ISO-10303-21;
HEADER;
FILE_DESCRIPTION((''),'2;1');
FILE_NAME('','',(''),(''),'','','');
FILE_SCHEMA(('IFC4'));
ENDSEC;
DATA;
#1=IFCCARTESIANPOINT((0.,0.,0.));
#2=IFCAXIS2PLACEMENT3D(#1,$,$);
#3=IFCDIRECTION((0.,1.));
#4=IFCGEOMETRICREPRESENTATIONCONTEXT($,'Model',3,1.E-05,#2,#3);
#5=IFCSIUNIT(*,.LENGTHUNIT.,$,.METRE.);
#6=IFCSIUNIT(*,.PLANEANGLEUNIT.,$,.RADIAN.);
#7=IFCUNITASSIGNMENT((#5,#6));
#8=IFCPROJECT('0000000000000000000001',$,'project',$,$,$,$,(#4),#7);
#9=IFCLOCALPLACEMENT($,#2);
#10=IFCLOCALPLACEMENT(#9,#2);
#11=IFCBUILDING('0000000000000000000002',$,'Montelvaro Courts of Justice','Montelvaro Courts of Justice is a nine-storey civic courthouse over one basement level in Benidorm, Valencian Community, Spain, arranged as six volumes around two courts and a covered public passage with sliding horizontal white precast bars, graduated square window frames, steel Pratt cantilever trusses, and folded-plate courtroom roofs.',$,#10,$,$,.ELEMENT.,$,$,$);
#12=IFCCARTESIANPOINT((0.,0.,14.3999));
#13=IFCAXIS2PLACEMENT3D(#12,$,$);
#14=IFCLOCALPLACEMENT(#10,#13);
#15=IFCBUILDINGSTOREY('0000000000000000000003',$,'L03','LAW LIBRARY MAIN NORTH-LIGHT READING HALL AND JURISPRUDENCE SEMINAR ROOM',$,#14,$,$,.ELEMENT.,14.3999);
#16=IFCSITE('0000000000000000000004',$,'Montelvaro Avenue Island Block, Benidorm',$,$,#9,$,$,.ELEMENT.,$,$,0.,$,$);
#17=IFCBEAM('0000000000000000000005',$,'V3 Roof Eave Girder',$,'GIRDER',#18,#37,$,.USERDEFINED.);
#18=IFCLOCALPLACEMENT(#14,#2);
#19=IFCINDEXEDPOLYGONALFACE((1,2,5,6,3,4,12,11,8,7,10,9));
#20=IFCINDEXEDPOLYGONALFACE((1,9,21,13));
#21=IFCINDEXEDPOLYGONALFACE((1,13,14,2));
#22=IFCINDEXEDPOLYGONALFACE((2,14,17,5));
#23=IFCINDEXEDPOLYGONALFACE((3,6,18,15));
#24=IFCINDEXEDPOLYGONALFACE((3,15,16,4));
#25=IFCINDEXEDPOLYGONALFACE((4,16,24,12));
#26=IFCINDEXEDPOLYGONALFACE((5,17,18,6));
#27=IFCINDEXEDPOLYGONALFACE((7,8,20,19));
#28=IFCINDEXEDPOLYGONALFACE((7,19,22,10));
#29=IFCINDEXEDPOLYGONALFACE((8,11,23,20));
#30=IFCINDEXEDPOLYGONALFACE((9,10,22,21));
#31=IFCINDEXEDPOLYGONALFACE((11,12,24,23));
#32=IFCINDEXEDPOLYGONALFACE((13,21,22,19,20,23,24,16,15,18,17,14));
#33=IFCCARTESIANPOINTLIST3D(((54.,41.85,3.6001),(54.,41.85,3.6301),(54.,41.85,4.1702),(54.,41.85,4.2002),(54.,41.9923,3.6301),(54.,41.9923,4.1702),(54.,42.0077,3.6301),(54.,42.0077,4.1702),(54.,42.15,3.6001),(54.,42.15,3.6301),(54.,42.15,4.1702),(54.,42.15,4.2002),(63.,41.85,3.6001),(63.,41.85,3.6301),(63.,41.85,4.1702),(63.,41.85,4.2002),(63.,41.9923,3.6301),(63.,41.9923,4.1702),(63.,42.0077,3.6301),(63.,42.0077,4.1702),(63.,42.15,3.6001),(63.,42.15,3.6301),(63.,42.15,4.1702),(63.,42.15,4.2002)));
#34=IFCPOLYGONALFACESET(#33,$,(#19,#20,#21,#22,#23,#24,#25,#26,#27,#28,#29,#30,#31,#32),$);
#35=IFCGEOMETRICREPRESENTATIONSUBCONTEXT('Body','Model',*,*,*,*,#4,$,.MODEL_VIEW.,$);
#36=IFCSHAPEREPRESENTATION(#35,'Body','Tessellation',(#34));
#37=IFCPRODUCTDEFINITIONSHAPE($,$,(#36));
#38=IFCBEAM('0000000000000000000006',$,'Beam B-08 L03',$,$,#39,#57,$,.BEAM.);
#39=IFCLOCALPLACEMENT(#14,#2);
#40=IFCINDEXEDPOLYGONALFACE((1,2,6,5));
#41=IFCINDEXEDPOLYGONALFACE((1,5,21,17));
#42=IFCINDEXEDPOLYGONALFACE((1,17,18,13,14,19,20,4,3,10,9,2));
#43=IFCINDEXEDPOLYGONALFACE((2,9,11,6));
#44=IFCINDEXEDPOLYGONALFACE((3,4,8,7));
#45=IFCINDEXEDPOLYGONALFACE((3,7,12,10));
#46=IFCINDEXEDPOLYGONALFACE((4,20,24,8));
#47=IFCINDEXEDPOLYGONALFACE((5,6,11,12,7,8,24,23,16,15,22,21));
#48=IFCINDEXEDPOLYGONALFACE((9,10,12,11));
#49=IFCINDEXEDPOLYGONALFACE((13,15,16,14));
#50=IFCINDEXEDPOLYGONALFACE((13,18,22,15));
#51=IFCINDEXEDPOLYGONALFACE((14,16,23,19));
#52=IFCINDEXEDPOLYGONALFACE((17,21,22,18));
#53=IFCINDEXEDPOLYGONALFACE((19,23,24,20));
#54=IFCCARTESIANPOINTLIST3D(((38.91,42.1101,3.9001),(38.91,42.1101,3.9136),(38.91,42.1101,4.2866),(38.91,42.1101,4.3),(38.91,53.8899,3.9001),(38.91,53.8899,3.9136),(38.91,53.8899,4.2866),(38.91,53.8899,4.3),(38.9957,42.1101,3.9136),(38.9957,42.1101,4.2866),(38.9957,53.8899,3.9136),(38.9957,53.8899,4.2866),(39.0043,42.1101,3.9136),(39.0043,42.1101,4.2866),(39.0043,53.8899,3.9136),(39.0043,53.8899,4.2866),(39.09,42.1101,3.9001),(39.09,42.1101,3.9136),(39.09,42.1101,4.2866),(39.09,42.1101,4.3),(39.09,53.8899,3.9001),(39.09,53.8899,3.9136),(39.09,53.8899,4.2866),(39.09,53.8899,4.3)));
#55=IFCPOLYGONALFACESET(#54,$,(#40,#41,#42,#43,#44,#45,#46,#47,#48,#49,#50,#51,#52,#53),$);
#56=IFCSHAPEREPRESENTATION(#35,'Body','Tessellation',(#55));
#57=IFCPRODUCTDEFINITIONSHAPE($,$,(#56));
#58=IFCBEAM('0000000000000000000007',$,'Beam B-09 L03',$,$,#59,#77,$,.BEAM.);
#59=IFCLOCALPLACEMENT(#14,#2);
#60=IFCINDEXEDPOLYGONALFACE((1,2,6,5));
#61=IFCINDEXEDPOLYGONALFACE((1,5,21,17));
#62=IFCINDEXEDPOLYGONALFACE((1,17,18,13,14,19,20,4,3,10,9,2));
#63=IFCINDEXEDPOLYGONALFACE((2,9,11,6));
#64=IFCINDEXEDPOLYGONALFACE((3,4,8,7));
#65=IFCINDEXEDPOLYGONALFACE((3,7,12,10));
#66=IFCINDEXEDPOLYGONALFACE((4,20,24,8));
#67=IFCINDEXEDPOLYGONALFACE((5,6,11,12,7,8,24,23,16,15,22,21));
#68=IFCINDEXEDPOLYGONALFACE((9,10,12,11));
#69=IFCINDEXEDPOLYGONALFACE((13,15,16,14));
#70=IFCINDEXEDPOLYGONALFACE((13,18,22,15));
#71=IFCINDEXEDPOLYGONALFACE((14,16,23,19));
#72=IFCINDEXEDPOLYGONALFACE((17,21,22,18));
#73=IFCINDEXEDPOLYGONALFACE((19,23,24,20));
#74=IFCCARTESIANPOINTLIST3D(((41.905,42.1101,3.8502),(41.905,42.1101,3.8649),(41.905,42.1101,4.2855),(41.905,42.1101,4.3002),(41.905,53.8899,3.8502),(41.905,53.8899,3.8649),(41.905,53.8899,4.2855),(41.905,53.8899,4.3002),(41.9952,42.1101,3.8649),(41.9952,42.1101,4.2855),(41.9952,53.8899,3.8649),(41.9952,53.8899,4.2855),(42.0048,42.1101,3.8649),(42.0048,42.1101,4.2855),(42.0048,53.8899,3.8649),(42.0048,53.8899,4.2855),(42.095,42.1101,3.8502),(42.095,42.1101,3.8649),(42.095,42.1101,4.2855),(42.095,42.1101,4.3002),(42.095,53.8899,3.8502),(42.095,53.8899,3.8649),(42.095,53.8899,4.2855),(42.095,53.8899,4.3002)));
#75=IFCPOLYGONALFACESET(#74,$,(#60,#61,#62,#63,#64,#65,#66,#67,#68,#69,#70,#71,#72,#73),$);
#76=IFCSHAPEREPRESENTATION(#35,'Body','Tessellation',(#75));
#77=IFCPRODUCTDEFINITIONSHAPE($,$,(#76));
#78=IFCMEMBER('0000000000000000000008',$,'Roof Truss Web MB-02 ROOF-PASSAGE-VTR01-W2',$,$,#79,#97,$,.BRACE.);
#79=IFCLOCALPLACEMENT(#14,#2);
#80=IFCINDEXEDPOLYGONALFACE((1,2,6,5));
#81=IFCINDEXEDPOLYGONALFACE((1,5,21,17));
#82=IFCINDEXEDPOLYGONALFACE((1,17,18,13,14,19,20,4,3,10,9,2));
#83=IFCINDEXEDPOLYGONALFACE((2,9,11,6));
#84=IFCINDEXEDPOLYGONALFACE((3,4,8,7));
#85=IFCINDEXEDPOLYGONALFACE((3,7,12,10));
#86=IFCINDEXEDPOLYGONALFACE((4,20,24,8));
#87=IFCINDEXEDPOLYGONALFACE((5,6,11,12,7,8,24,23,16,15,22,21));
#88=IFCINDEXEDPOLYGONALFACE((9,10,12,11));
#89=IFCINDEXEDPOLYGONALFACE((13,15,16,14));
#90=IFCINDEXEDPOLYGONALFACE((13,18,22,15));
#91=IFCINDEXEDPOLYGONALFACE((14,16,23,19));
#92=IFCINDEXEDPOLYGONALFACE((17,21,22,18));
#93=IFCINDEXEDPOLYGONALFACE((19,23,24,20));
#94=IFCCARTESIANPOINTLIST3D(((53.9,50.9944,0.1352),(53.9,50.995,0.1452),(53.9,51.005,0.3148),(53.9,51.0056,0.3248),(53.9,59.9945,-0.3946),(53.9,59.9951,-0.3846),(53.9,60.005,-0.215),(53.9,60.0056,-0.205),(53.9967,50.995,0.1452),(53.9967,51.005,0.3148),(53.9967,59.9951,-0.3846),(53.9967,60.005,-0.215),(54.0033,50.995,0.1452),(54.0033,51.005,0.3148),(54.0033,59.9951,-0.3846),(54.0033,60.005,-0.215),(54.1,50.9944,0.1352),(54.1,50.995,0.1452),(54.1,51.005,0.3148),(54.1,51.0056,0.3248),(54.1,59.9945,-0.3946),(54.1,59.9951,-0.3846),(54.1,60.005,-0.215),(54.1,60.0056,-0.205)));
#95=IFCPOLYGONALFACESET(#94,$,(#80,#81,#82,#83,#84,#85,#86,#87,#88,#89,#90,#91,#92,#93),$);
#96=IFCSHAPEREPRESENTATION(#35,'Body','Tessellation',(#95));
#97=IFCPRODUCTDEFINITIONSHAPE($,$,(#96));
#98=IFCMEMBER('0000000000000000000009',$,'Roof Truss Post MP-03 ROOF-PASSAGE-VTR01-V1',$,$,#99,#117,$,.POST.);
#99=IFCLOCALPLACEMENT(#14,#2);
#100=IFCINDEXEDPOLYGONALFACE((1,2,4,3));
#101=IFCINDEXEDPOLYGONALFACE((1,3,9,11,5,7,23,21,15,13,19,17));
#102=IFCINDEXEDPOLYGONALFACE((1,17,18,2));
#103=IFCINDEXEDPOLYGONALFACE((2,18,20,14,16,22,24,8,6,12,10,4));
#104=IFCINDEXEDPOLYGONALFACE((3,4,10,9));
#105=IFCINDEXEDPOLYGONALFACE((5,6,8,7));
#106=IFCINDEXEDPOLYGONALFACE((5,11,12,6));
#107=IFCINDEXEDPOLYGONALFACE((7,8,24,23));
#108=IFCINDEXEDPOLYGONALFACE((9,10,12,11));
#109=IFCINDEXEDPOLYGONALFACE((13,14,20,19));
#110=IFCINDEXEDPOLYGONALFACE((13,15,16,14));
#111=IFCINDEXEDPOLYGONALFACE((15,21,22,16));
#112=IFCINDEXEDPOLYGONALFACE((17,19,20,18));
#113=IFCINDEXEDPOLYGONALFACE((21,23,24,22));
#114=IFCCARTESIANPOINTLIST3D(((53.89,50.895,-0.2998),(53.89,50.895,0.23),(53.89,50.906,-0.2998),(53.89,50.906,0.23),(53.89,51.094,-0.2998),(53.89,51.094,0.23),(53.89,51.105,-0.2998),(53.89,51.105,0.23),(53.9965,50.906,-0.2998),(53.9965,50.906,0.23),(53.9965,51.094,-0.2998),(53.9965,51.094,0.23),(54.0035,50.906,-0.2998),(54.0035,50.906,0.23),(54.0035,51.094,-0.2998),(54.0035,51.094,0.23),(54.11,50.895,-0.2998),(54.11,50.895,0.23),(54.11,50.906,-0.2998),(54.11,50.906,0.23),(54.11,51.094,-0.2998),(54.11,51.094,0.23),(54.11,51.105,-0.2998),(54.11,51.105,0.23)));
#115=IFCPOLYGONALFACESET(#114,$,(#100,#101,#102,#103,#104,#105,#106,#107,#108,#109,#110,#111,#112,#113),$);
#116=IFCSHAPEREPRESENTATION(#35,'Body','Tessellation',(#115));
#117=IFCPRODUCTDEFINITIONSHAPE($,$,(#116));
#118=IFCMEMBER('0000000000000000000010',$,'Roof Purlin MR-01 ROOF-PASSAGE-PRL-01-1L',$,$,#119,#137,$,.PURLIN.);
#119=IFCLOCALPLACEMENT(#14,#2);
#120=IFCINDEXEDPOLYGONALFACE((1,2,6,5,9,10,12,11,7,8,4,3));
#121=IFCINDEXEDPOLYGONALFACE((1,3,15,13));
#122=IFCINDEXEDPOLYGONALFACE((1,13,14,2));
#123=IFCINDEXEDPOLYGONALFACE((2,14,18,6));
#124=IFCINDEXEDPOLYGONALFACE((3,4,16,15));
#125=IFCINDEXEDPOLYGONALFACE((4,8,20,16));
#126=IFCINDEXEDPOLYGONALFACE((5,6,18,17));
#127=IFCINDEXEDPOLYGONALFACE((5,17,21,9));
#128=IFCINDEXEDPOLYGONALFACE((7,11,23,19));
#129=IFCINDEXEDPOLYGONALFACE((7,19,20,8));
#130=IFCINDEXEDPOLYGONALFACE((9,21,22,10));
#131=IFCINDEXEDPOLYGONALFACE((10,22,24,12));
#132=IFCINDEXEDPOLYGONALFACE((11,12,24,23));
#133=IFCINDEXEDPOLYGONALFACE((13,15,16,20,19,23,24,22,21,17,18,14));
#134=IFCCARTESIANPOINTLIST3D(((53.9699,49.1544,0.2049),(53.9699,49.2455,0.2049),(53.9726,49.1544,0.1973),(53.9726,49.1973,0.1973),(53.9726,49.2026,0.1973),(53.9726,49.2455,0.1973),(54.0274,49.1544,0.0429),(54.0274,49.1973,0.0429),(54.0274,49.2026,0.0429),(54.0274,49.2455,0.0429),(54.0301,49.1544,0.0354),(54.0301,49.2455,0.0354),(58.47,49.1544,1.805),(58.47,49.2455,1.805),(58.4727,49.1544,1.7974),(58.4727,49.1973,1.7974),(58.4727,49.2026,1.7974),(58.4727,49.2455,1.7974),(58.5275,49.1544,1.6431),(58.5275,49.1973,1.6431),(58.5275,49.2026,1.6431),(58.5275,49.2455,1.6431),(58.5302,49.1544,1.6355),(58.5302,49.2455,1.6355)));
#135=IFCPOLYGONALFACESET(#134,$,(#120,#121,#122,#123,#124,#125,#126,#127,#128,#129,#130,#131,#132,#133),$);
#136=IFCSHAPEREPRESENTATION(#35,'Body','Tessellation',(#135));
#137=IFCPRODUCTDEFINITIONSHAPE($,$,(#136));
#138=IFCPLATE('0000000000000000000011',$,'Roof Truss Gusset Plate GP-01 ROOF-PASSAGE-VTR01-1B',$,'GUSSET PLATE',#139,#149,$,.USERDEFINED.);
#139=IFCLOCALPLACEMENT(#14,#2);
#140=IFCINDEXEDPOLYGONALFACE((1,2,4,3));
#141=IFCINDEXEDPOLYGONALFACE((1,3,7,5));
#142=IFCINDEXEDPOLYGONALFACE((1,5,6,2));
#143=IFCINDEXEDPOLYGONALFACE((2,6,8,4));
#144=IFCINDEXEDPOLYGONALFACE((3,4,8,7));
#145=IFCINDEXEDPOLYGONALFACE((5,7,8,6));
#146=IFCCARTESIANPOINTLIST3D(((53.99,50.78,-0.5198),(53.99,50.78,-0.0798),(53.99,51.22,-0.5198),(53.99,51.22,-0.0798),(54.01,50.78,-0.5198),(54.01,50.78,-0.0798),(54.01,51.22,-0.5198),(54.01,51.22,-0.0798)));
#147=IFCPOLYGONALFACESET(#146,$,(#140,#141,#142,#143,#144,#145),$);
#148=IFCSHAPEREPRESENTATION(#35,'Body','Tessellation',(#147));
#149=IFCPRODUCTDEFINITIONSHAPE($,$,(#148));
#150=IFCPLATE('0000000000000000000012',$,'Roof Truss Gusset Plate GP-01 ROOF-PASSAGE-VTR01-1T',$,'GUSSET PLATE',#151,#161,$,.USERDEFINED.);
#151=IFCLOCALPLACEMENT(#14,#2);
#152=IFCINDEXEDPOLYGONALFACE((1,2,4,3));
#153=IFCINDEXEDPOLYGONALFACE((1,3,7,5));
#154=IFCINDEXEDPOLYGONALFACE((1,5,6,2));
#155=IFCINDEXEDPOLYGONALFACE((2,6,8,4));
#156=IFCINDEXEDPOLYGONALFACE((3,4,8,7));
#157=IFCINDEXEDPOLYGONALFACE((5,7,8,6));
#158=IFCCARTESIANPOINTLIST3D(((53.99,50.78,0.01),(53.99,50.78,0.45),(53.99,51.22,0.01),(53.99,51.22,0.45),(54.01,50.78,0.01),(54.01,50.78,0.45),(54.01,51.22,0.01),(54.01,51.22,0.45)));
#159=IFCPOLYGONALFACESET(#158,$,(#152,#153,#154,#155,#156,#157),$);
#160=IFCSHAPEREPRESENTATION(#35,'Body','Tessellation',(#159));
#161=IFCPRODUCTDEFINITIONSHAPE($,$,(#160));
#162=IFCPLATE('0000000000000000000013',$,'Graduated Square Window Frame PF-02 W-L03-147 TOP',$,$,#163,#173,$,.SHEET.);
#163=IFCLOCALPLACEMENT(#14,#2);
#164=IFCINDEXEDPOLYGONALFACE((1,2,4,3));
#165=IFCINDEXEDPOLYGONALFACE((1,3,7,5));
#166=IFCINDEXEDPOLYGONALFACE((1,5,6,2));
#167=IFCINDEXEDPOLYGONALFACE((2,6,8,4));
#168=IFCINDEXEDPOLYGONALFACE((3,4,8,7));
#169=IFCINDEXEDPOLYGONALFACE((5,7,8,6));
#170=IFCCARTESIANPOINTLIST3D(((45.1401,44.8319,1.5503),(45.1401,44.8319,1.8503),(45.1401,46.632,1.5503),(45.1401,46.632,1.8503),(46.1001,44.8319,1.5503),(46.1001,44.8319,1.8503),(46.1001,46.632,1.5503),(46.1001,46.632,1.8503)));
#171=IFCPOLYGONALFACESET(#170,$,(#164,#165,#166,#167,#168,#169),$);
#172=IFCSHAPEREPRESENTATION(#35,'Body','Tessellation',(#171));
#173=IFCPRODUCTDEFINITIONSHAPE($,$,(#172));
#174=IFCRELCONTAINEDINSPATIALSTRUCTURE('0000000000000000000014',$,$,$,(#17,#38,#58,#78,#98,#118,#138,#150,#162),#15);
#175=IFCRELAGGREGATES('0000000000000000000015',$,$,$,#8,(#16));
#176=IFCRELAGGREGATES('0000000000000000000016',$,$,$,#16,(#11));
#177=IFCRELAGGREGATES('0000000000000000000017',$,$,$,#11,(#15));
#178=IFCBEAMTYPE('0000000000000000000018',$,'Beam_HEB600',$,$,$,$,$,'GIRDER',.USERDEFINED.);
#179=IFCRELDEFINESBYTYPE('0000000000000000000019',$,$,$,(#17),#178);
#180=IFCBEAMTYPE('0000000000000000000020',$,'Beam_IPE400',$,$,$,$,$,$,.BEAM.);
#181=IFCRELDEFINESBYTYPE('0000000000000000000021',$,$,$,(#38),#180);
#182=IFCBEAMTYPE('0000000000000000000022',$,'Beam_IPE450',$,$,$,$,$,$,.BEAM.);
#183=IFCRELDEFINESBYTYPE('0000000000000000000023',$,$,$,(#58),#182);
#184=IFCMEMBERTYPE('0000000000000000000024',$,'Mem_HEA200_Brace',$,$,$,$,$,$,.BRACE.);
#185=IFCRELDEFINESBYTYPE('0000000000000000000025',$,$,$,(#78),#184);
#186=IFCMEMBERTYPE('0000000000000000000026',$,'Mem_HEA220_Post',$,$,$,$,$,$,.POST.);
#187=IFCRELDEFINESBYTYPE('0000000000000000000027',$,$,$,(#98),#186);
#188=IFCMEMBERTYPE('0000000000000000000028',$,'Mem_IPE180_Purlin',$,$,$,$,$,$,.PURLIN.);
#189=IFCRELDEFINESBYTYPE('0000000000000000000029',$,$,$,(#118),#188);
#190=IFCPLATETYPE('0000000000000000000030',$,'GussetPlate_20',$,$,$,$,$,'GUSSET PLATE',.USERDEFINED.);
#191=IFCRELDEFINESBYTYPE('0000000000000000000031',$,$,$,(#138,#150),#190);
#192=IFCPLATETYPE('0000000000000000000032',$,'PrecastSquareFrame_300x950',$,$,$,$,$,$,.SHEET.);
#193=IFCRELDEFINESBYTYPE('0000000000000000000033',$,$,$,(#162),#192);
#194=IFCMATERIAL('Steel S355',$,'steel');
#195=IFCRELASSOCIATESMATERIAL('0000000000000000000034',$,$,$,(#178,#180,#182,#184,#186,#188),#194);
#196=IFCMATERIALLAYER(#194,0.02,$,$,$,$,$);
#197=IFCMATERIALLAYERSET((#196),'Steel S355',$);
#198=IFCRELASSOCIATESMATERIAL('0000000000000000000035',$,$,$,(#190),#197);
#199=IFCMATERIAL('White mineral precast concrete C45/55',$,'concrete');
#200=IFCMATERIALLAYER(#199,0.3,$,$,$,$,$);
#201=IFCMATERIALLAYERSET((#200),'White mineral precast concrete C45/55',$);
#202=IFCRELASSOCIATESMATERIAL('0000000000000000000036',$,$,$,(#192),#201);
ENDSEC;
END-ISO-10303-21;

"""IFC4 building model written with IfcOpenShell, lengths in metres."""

from ifc_helpers import new_model, si_unit, direction, frame, origin, origin_2d, place, context, subcontext, project, spatial, rectangle, i_section, extrude, material, layer, layer_set, material_profile, profile_set, type_object, element, save


model = new_model("IFC4")

# Units and contexts
model_context = context("Model", 3, precision=1e-05, world=origin(), true_north=direction((0.0, 1.0)))
body_context = subcontext(model_context, "Body", "Model", "MODEL_VIEW")
ifc_project = project(units=[si_unit("LENGTHUNIT", "METRE"), si_unit("PLANEANGLEUNIT", "RADIAN")], contexts=[model_context])

# Site, building, storey
site_placement = place(None, origin())
site = spatial("IfcSite", under=ifc_project, at=site_placement, Name="Montelvaro Avenue Island Block, Benidorm", CompositionType="ELEMENT", RefElevation=0.0)
building_placement = place(site_placement, origin())
building = spatial("IfcBuilding", under=site, at=building_placement, Name="Montelvaro Courts of Justice", Description="Montelvaro Courts of Justice is a nine-storey civic courthouse over one basement level in Benidorm, Valencian Community, Spain, arranged as six volumes around two courts and a covered public passage with sliding horizontal white precast bars, graduated square window frames, steel Pratt cantilever trusses, and folded-plate courtroom roofs.", CompositionType="ELEMENT")
storey_placement = place(building_placement, frame((0.0, 0.0, 14.3999)))
storey = spatial("IfcBuildingStorey", under=building, at=storey_placement, Name="L03", Description="LAW LIBRARY MAIN NORTH-LIGHT READING HALL AND JURISPRUDENCE SEMINAR ROOM", CompositionType="ELEMENT", Elevation=14.3999)

# Beams
ifc_material_1 = material(Name="Steel S355", Category="steel")
ifc_material_profile_1 = material_profile(ifc_material_1, i_section(OverallWidth=0.3, OverallDepth=0.6001, WebThickness=0.0154, FlangeThickness=0.03, at=origin_2d()), Name="HEB 600")
ifc_profile_set_1 = profile_set([ifc_material_profile_1], Name="Steel S355")
beam_type_1 = type_object("IfcBeamType", Name="Beam_HEB600", ElementType="GIRDER", PredefinedType="USERDEFINED", material=ifc_profile_set_1)
beam_1_placement = place(storey_placement, frame((54.0, 42.0, 3.9001), z_axis=(1.0, 0.0, 0.0), x_axis=(0.0, 1.0, 0.0)))
element("IfcBeam", 1, at=beam_1_placement, inside=storey, type_object=beam_type_1, Name="V3 Roof Eave Girder", ObjectType="GIRDER", PredefinedType="USERDEFINED", context=body_context, shape_type="SweptSolid", body=[
    extrude(i_section(OverallWidth=0.3, OverallDepth=0.6001, WebThickness=0.0154, FlangeThickness=0.03, at=origin_2d()), origin(), (0.0, 0.0, 1.0), 9.0),
])
ifc_material_profile_2 = material_profile(ifc_material_1, i_section(OverallWidth=0.1799, OverallDepth=0.3999, WebThickness=0.0085, FlangeThickness=0.0134, at=origin_2d()), Name="IPE 400")
ifc_profile_set_2 = profile_set([ifc_material_profile_2], Name="Steel S355")
beam_type_2 = type_object("IfcBeamType", Name="Beam_IPE400", PredefinedType="BEAM", material=ifc_profile_set_2)
beam_2_placement = place(storey_placement, frame((39.0, 42.1101, 4.1001), z_axis=(0.0, 1.0, 0.0), x_axis=(-1.0, 0.0, 0.0)))
element("IfcBeam", 2, at=beam_2_placement, inside=storey, type_object=beam_type_2, Name="Beam B-08 L03", PredefinedType="BEAM", context=body_context, shape_type="SweptSolid", body=[
    extrude(i_section(OverallWidth=0.1799, OverallDepth=0.3999, WebThickness=0.0085, FlangeThickness=0.0134, at=origin_2d()), origin(), (0.0, 0.0, 1.0), 11.7798),
])
ifc_material_profile_3 = material_profile(ifc_material_1, i_section(OverallWidth=0.1899, OverallDepth=0.45, WebThickness=0.0095, FlangeThickness=0.0146, at=origin_2d()), Name="IPE 450")
ifc_profile_set_3 = profile_set([ifc_material_profile_3], Name="Steel S355")
beam_type_3 = type_object("IfcBeamType", Name="Beam_IPE450", PredefinedType="BEAM", material=ifc_profile_set_3)
beam_3_placement = place(storey_placement, frame((42.0, 42.1101, 4.0752), z_axis=(0.0, 1.0, 0.0), x_axis=(-1.0, 0.0, 0.0)))
element("IfcBeam", 3, at=beam_3_placement, inside=storey, type_object=beam_type_3, Name="Beam B-09 L03", PredefinedType="BEAM", context=body_context, shape_type="SweptSolid", body=[
    extrude(i_section(OverallWidth=0.1899, OverallDepth=0.45, WebThickness=0.0095, FlangeThickness=0.0146, at=origin_2d()), origin(), (0.0, 0.0, 1.0), 11.7798),
])

# Members
ifc_material_profile_4 = material_profile(ifc_material_1, i_section(OverallWidth=0.2, OverallDepth=0.1899, WebThickness=0.0066, FlangeThickness=0.01, at=origin_2d()), Name="HEA 200")
ifc_profile_set_4 = profile_set([ifc_material_profile_4], Name="Steel S355")
member_type_1 = type_object("IfcMemberType", Name="Mem_HEA200_Brace", PredefinedType="BRACE", material=ifc_profile_set_4)
member_1_placement = place(storey_placement, frame((54.0, 51.0, 0.23), z_axis=(0.0, 0.998272, -0.058763), x_axis=(-1.0, 0.0, 0.0)))
element("IfcMember", 4, at=member_1_placement, inside=storey, type_object=member_type_1, Name="Roof Truss Web MB-02 ROOF-PASSAGE-VTR01-W2", PredefinedType="BRACE", context=body_context, shape_type="SweptSolid", body=[
    extrude(i_section(OverallWidth=0.2, OverallDepth=0.1899, WebThickness=0.0066, FlangeThickness=0.01, at=origin_2d()), origin(), (0.0, 0.0, 1.0), 9.0156),
])
ifc_material_profile_5 = material_profile(ifc_material_1, i_section(OverallWidth=0.22, OverallDepth=0.21, WebThickness=0.0071, FlangeThickness=0.011, at=origin_2d()), Name="HEA 220")
ifc_profile_set_5 = profile_set([ifc_material_profile_5], Name="Steel S355")
member_type_2 = type_object("IfcMemberType", Name="Mem_HEA220_Post", PredefinedType="POST", material=ifc_profile_set_5)
member_2_placement = place(storey_placement, frame((54.0, 51.0, -0.2998), z_axis=(0.0, 0.0, 1.0), x_axis=(1.0, 0.0, 0.0)))
element("IfcMember", 5, at=member_2_placement, inside=storey, type_object=member_type_2, Name="Roof Truss Post MP-03 ROOF-PASSAGE-VTR01-V1", PredefinedType="POST", context=body_context, shape_type="SweptSolid", body=[
    extrude(i_section(OverallWidth=0.22, OverallDepth=0.21, WebThickness=0.0071, FlangeThickness=0.011, at=origin_2d()), origin(), (0.0, 0.0, 1.0), 0.5298),
])
ifc_material_profile_6 = material_profile(ifc_material_1, i_section(OverallWidth=0.0911, OverallDepth=0.1799, WebThickness=0.0054, FlangeThickness=0.0081, at=origin_2d()), Name="IPE 180")
ifc_profile_set_6 = profile_set([ifc_material_profile_6], Name="Steel S355")
member_type_3 = type_object("IfcMemberType", Name="Mem_IPE180_Purlin", PredefinedType="PURLIN", material=ifc_profile_set_6)
member_3_placement = place(storey_placement, frame((54.0, 49.2, 0.1201), z_axis=(0.942208, 0.0, 0.335028), x_axis=(0.0, 1.0, 0.0)))
element("IfcMember", 6, at=member_3_placement, inside=storey, type_object=member_type_3, Name="Roof Purlin MR-01 ROOF-PASSAGE-PRL-01-1L", PredefinedType="PURLIN", context=body_context, shape_type="SweptSolid", body=[
    extrude(i_section(OverallWidth=0.0911, OverallDepth=0.1799, WebThickness=0.0054, FlangeThickness=0.0081, at=origin_2d()), origin(), (0.0, 0.0, 1.0), 4.7761),
])

# Plates
ifc_layer_1 = layer(ifc_material_1, 0.02)
ifc_layer_set_1 = layer_set([ifc_layer_1], Name="Steel S355")
plate_type_1 = type_object("IfcPlateType", Name="GussetPlate_20", ElementType="GUSSET PLATE", PredefinedType="USERDEFINED", material=ifc_layer_set_1)
for number, where, z_axis, x_axis, name in (
    (7, (54.0, 51.0, -0.5198), (0.0, 0.0, 1.0), (1.0, 0.0, 0.0), "Roof Truss Gusset Plate GP-01 ROOF-PASSAGE-VTR01-1B"),
    (8, (54.0, 51.0, 0.01), (0.0, 0.0, 1.0), (1.0, 0.0, 0.0), "Roof Truss Gusset Plate GP-01 ROOF-PASSAGE-VTR01-1T"),
):
    element("IfcPlate", number, at=place(storey_placement, frame(where, z_axis=z_axis, x_axis=x_axis)), inside=storey, type_object=plate_type_1, Name=name, ObjectType="GUSSET PLATE", PredefinedType="USERDEFINED", context=body_context, shape_type="SweptSolid", body=[
        extrude(rectangle(XDim=0.02, YDim=0.4399, at=origin_2d()), origin(), (0.0, 0.0, 1.0), 0.4399),
    ])
ifc_material_2 = material(Name="White mineral precast concrete C45/55", Category="concrete")
ifc_layer_2 = layer(ifc_material_2, 0.3)
ifc_layer_set_2 = layer_set([ifc_layer_2], Name="White mineral precast concrete C45/55")
plate_type_2 = type_object("IfcPlateType", Name="PrecastSquareFrame_300x950", PredefinedType="SHEET", material=ifc_layer_set_2)
for number, where, z_axis, x_axis, name in (
    (9, (45.6201, 45.7319, 1.5503), (0.0, 0.0, 1.0), (0.0, 1.0, 0.0), "Graduated Square Window Frame PF-02 W-L03-147 TOP"),
):
    element("IfcPlate", number, at=place(storey_placement, frame(where, z_axis=z_axis, x_axis=x_axis)), inside=storey, type_object=plate_type_2, Name=name, PredefinedType="SHEET", context=body_context, shape_type="SweptSolid", body=[
        extrude(rectangle(XDim=1.8, YDim=0.96, at=origin_2d()), origin(), (0.0, 0.0, 1.0), 0.3),
    ])

save(model, "model.ifc")
